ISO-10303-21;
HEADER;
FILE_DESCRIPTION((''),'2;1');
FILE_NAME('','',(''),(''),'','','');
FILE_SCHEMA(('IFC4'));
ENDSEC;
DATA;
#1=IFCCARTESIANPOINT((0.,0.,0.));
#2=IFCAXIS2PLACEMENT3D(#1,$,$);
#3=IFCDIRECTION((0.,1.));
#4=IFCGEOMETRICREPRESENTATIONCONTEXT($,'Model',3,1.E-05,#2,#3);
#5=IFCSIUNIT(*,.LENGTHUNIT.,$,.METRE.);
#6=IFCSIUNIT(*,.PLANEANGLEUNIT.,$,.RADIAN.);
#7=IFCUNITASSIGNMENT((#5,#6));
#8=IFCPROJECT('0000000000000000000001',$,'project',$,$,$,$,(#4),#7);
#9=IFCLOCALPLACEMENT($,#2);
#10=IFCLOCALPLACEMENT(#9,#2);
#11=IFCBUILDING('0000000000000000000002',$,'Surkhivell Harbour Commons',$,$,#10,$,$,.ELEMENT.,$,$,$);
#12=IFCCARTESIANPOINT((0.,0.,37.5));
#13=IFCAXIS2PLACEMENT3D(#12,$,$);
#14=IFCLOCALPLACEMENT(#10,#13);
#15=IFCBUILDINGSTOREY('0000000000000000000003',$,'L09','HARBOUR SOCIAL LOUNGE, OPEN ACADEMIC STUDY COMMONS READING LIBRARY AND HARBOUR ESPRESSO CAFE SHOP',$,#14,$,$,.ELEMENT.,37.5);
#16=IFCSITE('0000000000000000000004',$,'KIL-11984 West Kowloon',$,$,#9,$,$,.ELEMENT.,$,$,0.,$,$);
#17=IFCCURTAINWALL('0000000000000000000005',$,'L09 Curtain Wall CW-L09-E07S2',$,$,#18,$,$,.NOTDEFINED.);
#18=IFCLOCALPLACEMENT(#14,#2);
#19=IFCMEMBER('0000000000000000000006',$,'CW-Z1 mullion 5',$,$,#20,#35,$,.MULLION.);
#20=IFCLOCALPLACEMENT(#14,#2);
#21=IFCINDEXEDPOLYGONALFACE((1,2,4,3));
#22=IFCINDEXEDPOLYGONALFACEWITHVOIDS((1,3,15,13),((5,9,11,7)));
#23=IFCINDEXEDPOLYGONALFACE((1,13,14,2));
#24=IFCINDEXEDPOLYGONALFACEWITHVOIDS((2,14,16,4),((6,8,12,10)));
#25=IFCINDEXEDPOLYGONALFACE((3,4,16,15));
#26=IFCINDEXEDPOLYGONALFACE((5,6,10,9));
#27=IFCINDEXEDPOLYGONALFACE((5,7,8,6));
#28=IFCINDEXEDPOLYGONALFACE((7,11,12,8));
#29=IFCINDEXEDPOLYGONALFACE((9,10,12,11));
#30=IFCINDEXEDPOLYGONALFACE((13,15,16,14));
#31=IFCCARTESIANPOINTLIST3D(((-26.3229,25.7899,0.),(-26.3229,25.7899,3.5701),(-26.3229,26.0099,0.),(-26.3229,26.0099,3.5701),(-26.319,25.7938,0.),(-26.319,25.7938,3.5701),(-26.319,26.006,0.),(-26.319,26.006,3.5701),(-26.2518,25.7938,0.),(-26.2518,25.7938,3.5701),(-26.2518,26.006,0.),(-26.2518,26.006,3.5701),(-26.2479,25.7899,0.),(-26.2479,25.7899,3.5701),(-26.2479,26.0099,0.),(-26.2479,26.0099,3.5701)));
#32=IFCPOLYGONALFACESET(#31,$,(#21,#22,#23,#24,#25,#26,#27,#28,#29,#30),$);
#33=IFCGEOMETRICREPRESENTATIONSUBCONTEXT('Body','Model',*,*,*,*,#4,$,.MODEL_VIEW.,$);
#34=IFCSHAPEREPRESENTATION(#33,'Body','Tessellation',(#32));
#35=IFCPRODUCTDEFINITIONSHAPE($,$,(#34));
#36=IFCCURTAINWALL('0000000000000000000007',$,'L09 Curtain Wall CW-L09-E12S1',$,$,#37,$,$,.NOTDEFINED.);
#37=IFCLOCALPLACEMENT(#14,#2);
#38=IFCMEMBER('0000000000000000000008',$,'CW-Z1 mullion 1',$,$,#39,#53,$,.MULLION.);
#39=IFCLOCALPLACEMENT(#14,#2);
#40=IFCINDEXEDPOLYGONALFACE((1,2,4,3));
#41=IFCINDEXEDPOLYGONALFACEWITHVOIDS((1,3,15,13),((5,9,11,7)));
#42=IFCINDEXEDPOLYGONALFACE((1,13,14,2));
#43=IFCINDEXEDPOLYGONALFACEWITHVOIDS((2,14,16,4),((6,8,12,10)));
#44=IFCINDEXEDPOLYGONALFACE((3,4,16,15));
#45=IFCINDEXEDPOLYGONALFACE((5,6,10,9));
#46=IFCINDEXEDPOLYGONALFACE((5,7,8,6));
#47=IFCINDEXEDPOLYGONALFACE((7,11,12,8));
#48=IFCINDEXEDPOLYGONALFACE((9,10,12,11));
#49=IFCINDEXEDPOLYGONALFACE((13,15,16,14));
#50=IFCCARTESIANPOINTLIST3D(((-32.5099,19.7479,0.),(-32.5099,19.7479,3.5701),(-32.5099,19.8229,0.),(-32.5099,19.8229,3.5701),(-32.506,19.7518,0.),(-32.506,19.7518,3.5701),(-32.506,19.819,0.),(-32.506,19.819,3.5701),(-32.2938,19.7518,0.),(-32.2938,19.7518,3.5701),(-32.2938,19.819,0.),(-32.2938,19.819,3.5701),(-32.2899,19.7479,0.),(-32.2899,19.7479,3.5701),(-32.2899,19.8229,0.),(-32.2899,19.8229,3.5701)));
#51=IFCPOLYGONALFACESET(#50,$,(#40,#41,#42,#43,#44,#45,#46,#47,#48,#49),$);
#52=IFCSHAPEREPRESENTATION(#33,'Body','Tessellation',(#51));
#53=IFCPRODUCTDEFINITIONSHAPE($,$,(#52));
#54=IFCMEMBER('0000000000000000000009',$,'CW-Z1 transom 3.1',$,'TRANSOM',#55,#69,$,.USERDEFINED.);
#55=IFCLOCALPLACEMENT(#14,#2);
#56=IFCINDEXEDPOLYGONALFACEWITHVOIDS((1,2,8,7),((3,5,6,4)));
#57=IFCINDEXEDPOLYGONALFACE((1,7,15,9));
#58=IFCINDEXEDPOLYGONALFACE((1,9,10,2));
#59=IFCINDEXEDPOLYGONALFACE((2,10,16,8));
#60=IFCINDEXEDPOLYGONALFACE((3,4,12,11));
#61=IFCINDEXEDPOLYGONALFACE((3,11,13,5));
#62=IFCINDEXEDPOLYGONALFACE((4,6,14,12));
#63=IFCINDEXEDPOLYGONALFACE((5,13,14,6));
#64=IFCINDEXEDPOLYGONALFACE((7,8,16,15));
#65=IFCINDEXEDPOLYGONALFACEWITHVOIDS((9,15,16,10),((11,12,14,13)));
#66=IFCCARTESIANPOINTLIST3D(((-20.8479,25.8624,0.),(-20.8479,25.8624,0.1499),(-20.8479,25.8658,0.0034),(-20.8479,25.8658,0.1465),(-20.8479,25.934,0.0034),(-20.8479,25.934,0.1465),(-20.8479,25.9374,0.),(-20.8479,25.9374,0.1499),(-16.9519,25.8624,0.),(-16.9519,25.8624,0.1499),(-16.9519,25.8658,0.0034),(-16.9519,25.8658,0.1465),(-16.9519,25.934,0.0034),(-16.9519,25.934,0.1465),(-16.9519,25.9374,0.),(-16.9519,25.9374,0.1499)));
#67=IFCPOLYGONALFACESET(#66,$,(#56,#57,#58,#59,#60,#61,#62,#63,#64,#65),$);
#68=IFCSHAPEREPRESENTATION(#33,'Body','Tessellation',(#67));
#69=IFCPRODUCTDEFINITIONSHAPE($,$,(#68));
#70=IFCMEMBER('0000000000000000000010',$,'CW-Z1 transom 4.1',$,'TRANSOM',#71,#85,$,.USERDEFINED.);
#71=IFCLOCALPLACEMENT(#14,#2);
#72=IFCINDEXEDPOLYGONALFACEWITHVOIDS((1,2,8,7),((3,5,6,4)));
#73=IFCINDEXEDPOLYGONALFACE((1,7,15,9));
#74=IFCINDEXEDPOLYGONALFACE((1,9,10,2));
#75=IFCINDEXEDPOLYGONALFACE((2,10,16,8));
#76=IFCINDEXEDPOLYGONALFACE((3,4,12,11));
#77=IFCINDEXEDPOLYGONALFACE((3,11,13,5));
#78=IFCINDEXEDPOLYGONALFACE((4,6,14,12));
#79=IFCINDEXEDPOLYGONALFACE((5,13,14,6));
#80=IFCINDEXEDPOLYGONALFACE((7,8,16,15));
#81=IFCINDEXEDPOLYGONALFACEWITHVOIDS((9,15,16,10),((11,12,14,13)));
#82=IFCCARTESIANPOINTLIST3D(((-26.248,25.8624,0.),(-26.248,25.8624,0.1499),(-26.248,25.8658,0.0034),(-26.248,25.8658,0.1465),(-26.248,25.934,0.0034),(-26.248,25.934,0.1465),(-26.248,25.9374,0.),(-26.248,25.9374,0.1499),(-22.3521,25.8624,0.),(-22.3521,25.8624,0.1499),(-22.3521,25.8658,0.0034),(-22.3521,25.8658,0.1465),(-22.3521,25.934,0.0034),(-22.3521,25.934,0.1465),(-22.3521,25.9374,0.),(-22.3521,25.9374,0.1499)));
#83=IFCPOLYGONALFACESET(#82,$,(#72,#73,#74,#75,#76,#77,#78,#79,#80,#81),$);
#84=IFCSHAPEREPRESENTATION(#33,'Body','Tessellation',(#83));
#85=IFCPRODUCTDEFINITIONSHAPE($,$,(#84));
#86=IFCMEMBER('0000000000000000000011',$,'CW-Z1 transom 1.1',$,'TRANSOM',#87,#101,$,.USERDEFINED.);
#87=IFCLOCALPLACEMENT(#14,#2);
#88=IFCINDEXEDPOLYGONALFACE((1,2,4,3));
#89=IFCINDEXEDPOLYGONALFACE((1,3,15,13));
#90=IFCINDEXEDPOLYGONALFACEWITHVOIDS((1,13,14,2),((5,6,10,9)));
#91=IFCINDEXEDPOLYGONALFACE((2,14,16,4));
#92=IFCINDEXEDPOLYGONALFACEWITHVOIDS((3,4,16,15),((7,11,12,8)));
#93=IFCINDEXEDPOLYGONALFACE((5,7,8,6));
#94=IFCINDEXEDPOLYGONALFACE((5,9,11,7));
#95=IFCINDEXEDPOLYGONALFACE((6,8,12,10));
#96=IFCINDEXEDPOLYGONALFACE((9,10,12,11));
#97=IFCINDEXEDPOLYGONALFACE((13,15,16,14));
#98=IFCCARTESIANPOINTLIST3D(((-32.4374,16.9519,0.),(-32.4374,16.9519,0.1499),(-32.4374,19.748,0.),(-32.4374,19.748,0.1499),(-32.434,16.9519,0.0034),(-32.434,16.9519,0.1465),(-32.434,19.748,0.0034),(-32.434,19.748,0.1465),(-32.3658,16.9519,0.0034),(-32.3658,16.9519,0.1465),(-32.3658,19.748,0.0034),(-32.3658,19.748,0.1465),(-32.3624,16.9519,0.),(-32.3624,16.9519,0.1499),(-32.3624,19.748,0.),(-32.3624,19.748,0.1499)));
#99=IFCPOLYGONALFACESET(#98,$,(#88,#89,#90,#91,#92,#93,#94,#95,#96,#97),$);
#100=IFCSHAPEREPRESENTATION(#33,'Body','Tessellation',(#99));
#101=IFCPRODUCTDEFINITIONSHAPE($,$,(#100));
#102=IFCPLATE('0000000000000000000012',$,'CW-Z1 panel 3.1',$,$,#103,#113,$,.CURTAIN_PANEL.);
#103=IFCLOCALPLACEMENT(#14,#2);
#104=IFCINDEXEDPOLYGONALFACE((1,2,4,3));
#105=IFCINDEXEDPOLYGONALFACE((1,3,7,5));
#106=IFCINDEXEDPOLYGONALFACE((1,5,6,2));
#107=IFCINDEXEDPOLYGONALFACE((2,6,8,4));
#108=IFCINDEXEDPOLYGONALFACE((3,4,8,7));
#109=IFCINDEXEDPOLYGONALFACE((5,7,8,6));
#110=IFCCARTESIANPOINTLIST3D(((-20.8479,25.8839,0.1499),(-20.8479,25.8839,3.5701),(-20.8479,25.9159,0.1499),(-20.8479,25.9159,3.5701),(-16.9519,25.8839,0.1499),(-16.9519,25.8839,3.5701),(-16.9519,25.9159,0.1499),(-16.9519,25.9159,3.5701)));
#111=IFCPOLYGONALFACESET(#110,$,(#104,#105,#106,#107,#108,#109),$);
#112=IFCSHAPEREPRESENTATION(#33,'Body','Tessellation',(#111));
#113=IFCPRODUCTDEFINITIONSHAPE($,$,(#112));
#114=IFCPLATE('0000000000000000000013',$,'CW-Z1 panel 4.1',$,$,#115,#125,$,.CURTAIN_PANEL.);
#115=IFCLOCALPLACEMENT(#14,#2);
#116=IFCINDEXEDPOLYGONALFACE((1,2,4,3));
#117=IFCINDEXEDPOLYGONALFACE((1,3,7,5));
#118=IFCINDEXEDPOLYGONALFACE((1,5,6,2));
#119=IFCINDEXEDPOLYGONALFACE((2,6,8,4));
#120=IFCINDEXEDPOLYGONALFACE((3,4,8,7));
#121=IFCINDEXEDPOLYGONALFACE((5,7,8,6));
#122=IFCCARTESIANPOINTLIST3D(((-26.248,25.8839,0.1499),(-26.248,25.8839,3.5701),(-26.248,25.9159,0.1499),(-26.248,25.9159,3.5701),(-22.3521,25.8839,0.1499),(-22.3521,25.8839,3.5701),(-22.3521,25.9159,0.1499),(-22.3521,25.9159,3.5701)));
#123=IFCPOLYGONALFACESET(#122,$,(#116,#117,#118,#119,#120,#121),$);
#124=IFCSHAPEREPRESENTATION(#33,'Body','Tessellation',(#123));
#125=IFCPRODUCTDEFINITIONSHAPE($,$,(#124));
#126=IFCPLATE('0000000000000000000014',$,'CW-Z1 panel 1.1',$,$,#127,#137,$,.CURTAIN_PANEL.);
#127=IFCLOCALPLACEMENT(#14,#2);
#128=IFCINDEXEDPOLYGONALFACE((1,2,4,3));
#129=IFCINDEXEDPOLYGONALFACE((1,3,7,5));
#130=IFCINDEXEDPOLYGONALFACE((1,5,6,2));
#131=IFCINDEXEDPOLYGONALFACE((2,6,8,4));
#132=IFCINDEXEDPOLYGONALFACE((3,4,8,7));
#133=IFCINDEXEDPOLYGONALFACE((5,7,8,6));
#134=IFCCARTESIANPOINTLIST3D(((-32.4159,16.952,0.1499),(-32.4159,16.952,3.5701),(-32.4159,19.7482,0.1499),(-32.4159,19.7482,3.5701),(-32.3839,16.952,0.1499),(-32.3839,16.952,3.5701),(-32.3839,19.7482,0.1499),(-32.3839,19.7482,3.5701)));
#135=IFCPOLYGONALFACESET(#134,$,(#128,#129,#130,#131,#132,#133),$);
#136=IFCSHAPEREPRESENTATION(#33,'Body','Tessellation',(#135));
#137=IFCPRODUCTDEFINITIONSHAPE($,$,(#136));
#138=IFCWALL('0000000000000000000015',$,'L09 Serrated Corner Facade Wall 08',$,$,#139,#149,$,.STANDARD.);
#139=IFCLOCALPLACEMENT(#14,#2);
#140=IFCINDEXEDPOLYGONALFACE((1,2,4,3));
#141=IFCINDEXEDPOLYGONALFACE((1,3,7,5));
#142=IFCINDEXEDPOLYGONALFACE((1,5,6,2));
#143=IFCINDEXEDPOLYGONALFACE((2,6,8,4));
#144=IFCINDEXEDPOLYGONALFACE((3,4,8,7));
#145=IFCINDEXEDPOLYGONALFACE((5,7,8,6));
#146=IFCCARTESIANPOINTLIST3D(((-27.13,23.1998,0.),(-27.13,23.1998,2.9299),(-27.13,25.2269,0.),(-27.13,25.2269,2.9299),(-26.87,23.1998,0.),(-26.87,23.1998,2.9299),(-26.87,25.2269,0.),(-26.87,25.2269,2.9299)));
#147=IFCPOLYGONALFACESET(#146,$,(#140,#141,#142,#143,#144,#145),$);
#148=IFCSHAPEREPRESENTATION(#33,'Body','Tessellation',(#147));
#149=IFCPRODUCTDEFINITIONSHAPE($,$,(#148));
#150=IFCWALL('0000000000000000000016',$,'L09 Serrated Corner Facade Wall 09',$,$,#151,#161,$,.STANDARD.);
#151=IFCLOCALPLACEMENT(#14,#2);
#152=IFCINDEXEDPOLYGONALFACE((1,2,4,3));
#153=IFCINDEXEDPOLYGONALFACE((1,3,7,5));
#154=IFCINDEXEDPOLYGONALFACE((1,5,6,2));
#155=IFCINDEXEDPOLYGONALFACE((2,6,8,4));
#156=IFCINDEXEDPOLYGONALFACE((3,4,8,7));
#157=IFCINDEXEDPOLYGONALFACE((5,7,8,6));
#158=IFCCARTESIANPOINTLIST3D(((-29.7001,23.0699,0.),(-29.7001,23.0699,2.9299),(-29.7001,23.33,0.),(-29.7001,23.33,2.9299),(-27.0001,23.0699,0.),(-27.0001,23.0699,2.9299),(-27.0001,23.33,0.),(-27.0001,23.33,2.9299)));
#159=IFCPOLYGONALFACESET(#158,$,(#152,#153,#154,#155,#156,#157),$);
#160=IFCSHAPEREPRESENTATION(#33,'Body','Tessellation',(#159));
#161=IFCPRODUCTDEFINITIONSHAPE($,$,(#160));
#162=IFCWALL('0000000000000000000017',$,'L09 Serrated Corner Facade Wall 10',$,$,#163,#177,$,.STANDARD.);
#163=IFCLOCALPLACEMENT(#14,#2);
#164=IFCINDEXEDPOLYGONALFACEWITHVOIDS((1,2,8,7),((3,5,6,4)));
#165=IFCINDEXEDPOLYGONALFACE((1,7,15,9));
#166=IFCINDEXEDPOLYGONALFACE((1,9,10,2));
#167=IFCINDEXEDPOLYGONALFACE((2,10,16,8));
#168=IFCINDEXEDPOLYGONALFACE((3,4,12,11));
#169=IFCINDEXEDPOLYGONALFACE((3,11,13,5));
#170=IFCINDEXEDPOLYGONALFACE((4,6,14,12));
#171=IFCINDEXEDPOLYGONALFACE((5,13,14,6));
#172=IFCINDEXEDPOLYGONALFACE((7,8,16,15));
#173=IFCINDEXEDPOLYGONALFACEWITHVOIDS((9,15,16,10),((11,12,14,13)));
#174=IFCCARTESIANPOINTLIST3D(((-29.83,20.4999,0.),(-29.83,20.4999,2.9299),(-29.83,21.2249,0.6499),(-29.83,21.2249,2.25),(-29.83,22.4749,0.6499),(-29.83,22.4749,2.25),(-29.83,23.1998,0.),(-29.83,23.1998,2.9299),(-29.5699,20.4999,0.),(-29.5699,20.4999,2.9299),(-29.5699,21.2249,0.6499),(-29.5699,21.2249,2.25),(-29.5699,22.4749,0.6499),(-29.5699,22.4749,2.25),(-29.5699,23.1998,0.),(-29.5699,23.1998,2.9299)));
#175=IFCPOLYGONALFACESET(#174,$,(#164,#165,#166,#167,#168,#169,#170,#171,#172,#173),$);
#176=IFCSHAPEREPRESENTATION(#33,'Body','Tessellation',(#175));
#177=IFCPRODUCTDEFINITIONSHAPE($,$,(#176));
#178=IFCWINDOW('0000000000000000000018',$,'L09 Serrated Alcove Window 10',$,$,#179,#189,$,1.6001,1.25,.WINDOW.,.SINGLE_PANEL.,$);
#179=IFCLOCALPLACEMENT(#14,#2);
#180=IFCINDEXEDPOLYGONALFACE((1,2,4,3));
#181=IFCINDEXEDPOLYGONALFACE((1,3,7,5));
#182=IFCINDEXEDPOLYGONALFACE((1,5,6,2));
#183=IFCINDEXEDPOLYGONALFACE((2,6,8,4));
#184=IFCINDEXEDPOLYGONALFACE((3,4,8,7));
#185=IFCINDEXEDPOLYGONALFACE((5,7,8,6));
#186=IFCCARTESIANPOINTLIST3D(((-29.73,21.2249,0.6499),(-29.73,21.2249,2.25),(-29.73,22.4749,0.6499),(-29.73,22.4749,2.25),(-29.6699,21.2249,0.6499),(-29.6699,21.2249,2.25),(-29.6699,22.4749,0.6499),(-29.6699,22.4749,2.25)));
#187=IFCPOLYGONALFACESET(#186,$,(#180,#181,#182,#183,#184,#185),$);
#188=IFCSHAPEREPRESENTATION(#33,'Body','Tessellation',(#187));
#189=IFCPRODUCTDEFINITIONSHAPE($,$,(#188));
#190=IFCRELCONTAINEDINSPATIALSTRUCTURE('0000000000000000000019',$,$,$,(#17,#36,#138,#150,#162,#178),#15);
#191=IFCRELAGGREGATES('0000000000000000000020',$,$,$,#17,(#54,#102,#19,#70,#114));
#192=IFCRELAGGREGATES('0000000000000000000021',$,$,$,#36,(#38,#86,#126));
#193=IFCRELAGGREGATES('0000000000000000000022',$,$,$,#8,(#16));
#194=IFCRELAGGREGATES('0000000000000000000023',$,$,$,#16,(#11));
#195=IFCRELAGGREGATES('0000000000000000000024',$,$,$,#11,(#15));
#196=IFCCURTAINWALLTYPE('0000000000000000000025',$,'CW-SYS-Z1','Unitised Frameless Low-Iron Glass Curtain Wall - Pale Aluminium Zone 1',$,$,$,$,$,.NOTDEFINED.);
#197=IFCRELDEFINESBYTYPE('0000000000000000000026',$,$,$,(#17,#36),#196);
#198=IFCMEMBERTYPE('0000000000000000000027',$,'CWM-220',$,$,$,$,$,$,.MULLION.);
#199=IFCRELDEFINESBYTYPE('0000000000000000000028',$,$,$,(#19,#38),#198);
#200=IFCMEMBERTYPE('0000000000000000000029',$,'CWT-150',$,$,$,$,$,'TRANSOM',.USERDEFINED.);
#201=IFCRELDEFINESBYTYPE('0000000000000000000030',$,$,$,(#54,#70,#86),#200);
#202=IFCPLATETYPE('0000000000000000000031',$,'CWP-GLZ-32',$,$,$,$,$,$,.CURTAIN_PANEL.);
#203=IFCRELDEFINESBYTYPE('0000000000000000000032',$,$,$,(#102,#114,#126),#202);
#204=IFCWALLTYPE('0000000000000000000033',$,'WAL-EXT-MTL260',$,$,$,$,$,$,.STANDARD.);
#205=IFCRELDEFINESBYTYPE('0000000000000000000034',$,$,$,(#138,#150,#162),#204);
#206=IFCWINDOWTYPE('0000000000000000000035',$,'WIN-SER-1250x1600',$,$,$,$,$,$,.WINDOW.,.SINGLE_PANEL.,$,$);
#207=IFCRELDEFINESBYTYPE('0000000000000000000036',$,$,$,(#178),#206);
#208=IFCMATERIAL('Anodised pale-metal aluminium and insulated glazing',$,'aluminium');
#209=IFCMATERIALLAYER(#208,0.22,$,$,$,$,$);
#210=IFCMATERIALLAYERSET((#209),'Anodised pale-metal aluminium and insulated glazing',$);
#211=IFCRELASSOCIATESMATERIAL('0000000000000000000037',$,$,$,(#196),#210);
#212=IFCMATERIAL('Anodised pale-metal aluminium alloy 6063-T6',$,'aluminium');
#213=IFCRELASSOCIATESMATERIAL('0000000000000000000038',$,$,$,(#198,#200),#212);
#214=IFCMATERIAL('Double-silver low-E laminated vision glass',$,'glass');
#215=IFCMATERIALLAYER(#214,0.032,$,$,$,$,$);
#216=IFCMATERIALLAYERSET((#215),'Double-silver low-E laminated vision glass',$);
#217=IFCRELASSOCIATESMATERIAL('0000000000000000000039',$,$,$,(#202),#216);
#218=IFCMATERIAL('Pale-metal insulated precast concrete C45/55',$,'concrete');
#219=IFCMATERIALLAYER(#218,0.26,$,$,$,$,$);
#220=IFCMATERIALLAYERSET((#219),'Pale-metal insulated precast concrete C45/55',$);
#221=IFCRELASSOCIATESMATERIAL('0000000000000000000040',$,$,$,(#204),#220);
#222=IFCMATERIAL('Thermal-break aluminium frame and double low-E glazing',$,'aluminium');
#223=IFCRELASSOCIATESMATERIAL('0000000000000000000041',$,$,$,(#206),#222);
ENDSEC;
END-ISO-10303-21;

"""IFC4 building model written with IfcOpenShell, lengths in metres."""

from ifc_helpers import new_model, si_unit, direction, frame, frame_2d, origin, origin_2d, place, context, subcontext, project, spatial, rectangle, hollow_rectangle, extrude, material, layer, layer_set, material_profile, profile_set, type_object, element, fill, aggregate, save


model = new_model("IFC4")

# Units and contexts
model_context = context("Model", 3, precision=1e-05, world=origin(), true_north=direction((0.0, 1.0)))
body_context = subcontext(model_context, "Body", "Model", "MODEL_VIEW")
ifc_project = project(units=[si_unit("LENGTHUNIT", "METRE"), si_unit("PLANEANGLEUNIT", "RADIAN")], contexts=[model_context])

# Site, building, storey
site_placement = place(None, origin())
site = spatial("IfcSite", under=ifc_project, at=site_placement, Name="KIL-11984 West Kowloon", CompositionType="ELEMENT", RefElevation=0.0)
building_placement = place(site_placement, origin())
building = spatial("IfcBuilding", under=site, at=building_placement, Name="Surkhivell Harbour Commons", CompositionType="ELEMENT")
storey_placement = place(building_placement, frame((0.0, 0.0, 37.5)))
storey = spatial("IfcBuildingStorey", under=building, at=storey_placement, Name="L09", Description="HARBOUR SOCIAL LOUNGE, OPEN ACADEMIC STUDY COMMONS READING LIBRARY AND HARBOUR ESPRESSO CAFE SHOP", CompositionType="ELEMENT", Elevation=37.5)

# Curtain wall, member
ifc_material_1 = material(Name="Anodised pale-metal aluminium and insulated glazing", Category="aluminium")
ifc_layer_1 = layer(ifc_material_1, 0.22)
ifc_layer_set_1 = layer_set([ifc_layer_1], Name="Anodised pale-metal aluminium and insulated glazing")
curtain_wall_type = type_object("IfcCurtainWallType", Name="CW-SYS-Z1", Description="Unitised Frameless Low-Iron Glass Curtain Wall - Pale Aluminium Zone 1", PredefinedType="NOTDEFINED", material=ifc_layer_set_1)
curtain_wall_1_placement = place(storey_placement, origin())
curtain_wall_1 = element("IfcCurtainWall", 1, at=curtain_wall_1_placement, inside=storey, type_object=curtain_wall_type, Name="L09 Curtain Wall CW-L09-E07S2", PredefinedType="NOTDEFINED")
ifc_material_2 = material(Name="Anodised pale-metal aluminium alloy 6063-T6", Category="aluminium")
ifc_material_profile_1 = material_profile(ifc_material_2, hollow_rectangle(XDim=0.075, YDim=0.22, WallThickness=0.0039, at=origin_2d()), Name="ALU-MULL-75x220")
ifc_profile_set_1 = profile_set([ifc_material_profile_1], Name="Anodised pale-metal aluminium alloy 6063-T6")
member_type_1 = type_object("IfcMemberType", Name="CWM-220", PredefinedType="MULLION", material=ifc_profile_set_1)
member_1_placement = place(storey_placement, frame((-26.2854, 25.8999, 0.0), z_axis=(0.0, 0.0, 1.0), x_axis=(-1.0, 0.0, 0.0)))
member_1 = element("IfcMember", 2, at=member_1_placement, type_object=member_type_1, Name="CW-Z1 mullion 5", PredefinedType="MULLION", context=body_context, shape_type="SweptSolid", body=[
    extrude(hollow_rectangle(XDim=0.075, YDim=0.22, WallThickness=0.0039, at=origin_2d()), origin(), (0.0, 0.0, 1.0), 3.5701),
])

# Curtain wall, member
curtain_wall_2_placement = place(storey_placement, origin())
curtain_wall_2 = element("IfcCurtainWall", 3, at=curtain_wall_2_placement, inside=storey, type_object=curtain_wall_type, Name="L09 Curtain Wall CW-L09-E12S1", PredefinedType="NOTDEFINED")
member_2_placement = place(storey_placement, frame((-32.3999, 19.7854, 0.0), z_axis=(0.0, 0.0, 1.0), x_axis=(0.0, -1.0, 0.0)))
member_2 = element("IfcMember", 4, at=member_2_placement, type_object=member_type_1, Name="CW-Z1 mullion 1", PredefinedType="MULLION", context=body_context, shape_type="SweptSolid", body=[
    extrude(hollow_rectangle(XDim=0.075, YDim=0.22, WallThickness=0.0039, at=origin_2d()), origin(), (0.0, 0.0, 1.0), 3.5701),
])

# Members
ifc_material_profile_2 = material_profile(ifc_material_2, hollow_rectangle(XDim=0.075, YDim=0.1499, WallThickness=0.0034, at=origin_2d()), Name="ALU-TRAN-75x150")
ifc_profile_set_2 = profile_set([ifc_material_profile_2], Name="Anodised pale-metal aluminium alloy 6063-T6")
member_type_2 = type_object("IfcMemberType", Name="CWT-150", ElementType="TRANSOM", PredefinedType="USERDEFINED", material=ifc_profile_set_2)
member_3_placement = place(storey_placement, frame((-16.9519, 25.8999, 0.075), z_axis=(-1.0, 0.0, 0.0), x_axis=(0.0, -1.0, 0.0)))
member_3 = element("IfcMember", 5, at=member_3_placement, type_object=member_type_2, Name="CW-Z1 transom 3.1", ObjectType="TRANSOM", PredefinedType="USERDEFINED", context=body_context, shape_type="SweptSolid", body=[
    extrude(hollow_rectangle(XDim=0.075, YDim=0.1499, WallThickness=0.0034, at=origin_2d()), origin(), (0.0, 0.0, 1.0), 3.896),
])
member_4_placement = place(storey_placement, frame((-22.3521, 25.8999, 0.075), z_axis=(-1.0, 0.0, 0.0), x_axis=(0.0, -1.0, 0.0)))
member_4 = element("IfcMember", 6, at=member_4_placement, type_object=member_type_2, Name="CW-Z1 transom 4.1", ObjectType="TRANSOM", PredefinedType="USERDEFINED", context=body_context, shape_type="SweptSolid", body=[
    extrude(hollow_rectangle(XDim=0.075, YDim=0.1499, WallThickness=0.0034, at=origin_2d()), origin(), (0.0, 0.0, 1.0), 3.896),
])
member_5_placement = place(storey_placement, frame((-32.3999, 19.748, 0.075), z_axis=(0.0, -1.0, 0.0), x_axis=(1.0, 0.0, 0.0)))
member_5 = element("IfcMember", 7, at=member_5_placement, type_object=member_type_2, Name="CW-Z1 transom 1.1", ObjectType="TRANSOM", PredefinedType="USERDEFINED", context=body_context, shape_type="SweptSolid", body=[
    extrude(hollow_rectangle(XDim=0.075, YDim=0.1499, WallThickness=0.0034, at=origin_2d()), origin(), (0.0, 0.0, 1.0), 2.7961),
])

# Plates
ifc_material_3 = material(Name="Double-silver low-E laminated vision glass", Category="glass")
ifc_layer_2 = layer(ifc_material_3, 0.032)
ifc_layer_set_2 = layer_set([ifc_layer_2], Name="Double-silver low-E laminated vision glass")
plate_type = type_object("IfcPlateType", Name="CWP-GLZ-32", PredefinedType="CURTAIN_PANEL", material=ifc_layer_set_2)
plate_1_placement = place(storey_placement, frame((-16.9519, 25.8999, 0.1499), z_axis=(0.0, 0.0, 1.0), x_axis=(-1.0, 0.0, 0.0)))
plate_1 = element("IfcPlate", 8, at=plate_1_placement, type_object=plate_type, Name="CW-Z1 panel 3.1", PredefinedType="CURTAIN_PANEL", context=body_context, shape_type="SweptSolid", body=[
    extrude(rectangle(XDim=3.896, YDim=0.032, at=frame_2d((1.948, 0.0))), origin(), (0.0, 0.0, 1.0), 3.4202),
])
plate_2_placement = place(storey_placement, frame((-22.3521, 25.8999, 0.1499), z_axis=(0.0, 0.0, 1.0), x_axis=(-1.0, 0.0, 0.0)))
plate_2 = element("IfcPlate", 9, at=plate_2_placement, type_object=plate_type, Name="CW-Z1 panel 4.1", PredefinedType="CURTAIN_PANEL", context=body_context, shape_type="SweptSolid", body=[
    extrude(rectangle(XDim=3.896, YDim=0.032, at=frame_2d((1.948, 0.0))), origin(), (0.0, 0.0, 1.0), 3.4202),
])
aggregate(curtain_wall_1, [member_3, plate_1, member_1, member_4, plate_2])
plate_3_placement = place(storey_placement, frame((-32.3999, 19.748, 0.1499), z_axis=(0.0, 0.0, 1.0), x_axis=(0.0, -1.0, 0.0)))
plate_3 = element("IfcPlate", 10, at=plate_3_placement, type_object=plate_type, Name="CW-Z1 panel 1.1", PredefinedType="CURTAIN_PANEL", context=body_context, shape_type="SweptSolid", body=[
    extrude(rectangle(XDim=2.7961, YDim=0.032, at=frame_2d((1.3979, 0.0))), origin(), (0.0, 0.0, 1.0), 3.4202),
])
aggregate(curtain_wall_2, [member_2, member_5, plate_3])

# Walls
ifc_material_4 = material(Name="Pale-metal insulated precast concrete C45/55", Category="concrete")
ifc_layer_3 = layer(ifc_material_4, 0.26)
ifc_layer_set_3 = layer_set([ifc_layer_3], Name="Pale-metal insulated precast concrete C45/55")
wall_type = type_object("IfcWallType", Name="WAL-EXT-MTL260", PredefinedType="STANDARD", material=ifc_layer_set_3)
wall_1_placement = place(storey_placement, frame((-27.0, 25.2271, 0.0), z_axis=(0.0, 0.0, 1.0), x_axis=(0.0, -1.0, 0.0)))
element("IfcWall", 11, at=wall_1_placement, inside=storey, type_object=wall_type, Name="L09 Serrated Corner Facade Wall 08", PredefinedType="STANDARD", context=body_context, shape_type="SweptSolid", body=[
    extrude(rectangle(XDim=2.0271, YDim=0.26, at=frame_2d((1.0137, 0.0))), origin(), (0.0, 0.0, 1.0), 2.9299),
])
wall_2_placement = place(storey_placement, frame((-27.0, 23.2, 0.0), z_axis=(0.0, 0.0, 1.0), x_axis=(-1.0, 0.0, 0.0)))
element("IfcWall", 12, at=wall_2_placement, inside=storey, type_object=wall_type, Name="L09 Serrated Corner Facade Wall 09", PredefinedType="STANDARD", context=body_context, shape_type="SweptSolid", body=[
    extrude(rectangle(XDim=2.7, YDim=0.26, at=frame_2d((1.3501, 0.0))), origin(), (0.0, 0.0, 1.0), 2.9299),
])

# Wall, opening, window
wall_3_placement = place(storey_placement, frame((-29.7, 23.2, 0.0), z_axis=(0.0, 0.0, 1.0), x_axis=(0.0, -1.0, 0.0)))
wall_3 = element("IfcWall", 13, at=wall_3_placement, inside=storey, type_object=wall_type, Name="L09 Serrated Corner Facade Wall 10", PredefinedType="STANDARD", context=body_context, shape_type="SweptSolid", body=[
    extrude(rectangle(XDim=2.7, YDim=0.26, at=frame_2d((1.3501, 0.0))), origin(), (0.0, 0.0, 1.0), 2.9299),
])
opening_placement = place(wall_3_placement, frame((0.7251, 0.0, 0.6499)))
opening = element("IfcOpeningElement", 14, at=opening_placement, cuts=wall_3, PredefinedType="OPENING", context=body_context, shape_type="SweptSolid", body=[
    extrude(rectangle(XDim=1.25, YDim=1.6001, at=frame_2d((0.625, 0.8))), frame((0.0, 0.1399, 0.0), z_axis=(0.0, -1.0, 0.0), x_axis=(1.0, 0.0, 0.0)), (0.0, 0.0, 1.0), 0.28),
])
ifc_material_5 = material(Name="Thermal-break aluminium frame and double low-E glazing", Category="aluminium")
window_type = type_object("IfcWindowType", Name="WIN-SER-1250x1600", PartitioningType="SINGLE_PANEL", PredefinedType="WINDOW", material=ifc_material_5)
window_placement = place(opening_placement, origin())
window = element("IfcWindow", 15, at=window_placement, inside=storey, type_object=window_type, Name="L09 Serrated Alcove Window 10", OverallHeight=1.6001, OverallWidth=1.25, PartitioningType="SINGLE_PANEL", PredefinedType="WINDOW", context=body_context, shape_type="SweptSolid", body=[
    extrude(rectangle(XDim=1.25, YDim=1.6001, at=frame_2d((0.625, 0.8))), frame((0.0, 0.03, 0.0), z_axis=(0.0, -1.0, 0.0), x_axis=(1.0, 0.0, 0.0)), (0.0, 0.0, 1.0), 0.0601),
])
fill(opening, window)

save(model, "model.ifc")
